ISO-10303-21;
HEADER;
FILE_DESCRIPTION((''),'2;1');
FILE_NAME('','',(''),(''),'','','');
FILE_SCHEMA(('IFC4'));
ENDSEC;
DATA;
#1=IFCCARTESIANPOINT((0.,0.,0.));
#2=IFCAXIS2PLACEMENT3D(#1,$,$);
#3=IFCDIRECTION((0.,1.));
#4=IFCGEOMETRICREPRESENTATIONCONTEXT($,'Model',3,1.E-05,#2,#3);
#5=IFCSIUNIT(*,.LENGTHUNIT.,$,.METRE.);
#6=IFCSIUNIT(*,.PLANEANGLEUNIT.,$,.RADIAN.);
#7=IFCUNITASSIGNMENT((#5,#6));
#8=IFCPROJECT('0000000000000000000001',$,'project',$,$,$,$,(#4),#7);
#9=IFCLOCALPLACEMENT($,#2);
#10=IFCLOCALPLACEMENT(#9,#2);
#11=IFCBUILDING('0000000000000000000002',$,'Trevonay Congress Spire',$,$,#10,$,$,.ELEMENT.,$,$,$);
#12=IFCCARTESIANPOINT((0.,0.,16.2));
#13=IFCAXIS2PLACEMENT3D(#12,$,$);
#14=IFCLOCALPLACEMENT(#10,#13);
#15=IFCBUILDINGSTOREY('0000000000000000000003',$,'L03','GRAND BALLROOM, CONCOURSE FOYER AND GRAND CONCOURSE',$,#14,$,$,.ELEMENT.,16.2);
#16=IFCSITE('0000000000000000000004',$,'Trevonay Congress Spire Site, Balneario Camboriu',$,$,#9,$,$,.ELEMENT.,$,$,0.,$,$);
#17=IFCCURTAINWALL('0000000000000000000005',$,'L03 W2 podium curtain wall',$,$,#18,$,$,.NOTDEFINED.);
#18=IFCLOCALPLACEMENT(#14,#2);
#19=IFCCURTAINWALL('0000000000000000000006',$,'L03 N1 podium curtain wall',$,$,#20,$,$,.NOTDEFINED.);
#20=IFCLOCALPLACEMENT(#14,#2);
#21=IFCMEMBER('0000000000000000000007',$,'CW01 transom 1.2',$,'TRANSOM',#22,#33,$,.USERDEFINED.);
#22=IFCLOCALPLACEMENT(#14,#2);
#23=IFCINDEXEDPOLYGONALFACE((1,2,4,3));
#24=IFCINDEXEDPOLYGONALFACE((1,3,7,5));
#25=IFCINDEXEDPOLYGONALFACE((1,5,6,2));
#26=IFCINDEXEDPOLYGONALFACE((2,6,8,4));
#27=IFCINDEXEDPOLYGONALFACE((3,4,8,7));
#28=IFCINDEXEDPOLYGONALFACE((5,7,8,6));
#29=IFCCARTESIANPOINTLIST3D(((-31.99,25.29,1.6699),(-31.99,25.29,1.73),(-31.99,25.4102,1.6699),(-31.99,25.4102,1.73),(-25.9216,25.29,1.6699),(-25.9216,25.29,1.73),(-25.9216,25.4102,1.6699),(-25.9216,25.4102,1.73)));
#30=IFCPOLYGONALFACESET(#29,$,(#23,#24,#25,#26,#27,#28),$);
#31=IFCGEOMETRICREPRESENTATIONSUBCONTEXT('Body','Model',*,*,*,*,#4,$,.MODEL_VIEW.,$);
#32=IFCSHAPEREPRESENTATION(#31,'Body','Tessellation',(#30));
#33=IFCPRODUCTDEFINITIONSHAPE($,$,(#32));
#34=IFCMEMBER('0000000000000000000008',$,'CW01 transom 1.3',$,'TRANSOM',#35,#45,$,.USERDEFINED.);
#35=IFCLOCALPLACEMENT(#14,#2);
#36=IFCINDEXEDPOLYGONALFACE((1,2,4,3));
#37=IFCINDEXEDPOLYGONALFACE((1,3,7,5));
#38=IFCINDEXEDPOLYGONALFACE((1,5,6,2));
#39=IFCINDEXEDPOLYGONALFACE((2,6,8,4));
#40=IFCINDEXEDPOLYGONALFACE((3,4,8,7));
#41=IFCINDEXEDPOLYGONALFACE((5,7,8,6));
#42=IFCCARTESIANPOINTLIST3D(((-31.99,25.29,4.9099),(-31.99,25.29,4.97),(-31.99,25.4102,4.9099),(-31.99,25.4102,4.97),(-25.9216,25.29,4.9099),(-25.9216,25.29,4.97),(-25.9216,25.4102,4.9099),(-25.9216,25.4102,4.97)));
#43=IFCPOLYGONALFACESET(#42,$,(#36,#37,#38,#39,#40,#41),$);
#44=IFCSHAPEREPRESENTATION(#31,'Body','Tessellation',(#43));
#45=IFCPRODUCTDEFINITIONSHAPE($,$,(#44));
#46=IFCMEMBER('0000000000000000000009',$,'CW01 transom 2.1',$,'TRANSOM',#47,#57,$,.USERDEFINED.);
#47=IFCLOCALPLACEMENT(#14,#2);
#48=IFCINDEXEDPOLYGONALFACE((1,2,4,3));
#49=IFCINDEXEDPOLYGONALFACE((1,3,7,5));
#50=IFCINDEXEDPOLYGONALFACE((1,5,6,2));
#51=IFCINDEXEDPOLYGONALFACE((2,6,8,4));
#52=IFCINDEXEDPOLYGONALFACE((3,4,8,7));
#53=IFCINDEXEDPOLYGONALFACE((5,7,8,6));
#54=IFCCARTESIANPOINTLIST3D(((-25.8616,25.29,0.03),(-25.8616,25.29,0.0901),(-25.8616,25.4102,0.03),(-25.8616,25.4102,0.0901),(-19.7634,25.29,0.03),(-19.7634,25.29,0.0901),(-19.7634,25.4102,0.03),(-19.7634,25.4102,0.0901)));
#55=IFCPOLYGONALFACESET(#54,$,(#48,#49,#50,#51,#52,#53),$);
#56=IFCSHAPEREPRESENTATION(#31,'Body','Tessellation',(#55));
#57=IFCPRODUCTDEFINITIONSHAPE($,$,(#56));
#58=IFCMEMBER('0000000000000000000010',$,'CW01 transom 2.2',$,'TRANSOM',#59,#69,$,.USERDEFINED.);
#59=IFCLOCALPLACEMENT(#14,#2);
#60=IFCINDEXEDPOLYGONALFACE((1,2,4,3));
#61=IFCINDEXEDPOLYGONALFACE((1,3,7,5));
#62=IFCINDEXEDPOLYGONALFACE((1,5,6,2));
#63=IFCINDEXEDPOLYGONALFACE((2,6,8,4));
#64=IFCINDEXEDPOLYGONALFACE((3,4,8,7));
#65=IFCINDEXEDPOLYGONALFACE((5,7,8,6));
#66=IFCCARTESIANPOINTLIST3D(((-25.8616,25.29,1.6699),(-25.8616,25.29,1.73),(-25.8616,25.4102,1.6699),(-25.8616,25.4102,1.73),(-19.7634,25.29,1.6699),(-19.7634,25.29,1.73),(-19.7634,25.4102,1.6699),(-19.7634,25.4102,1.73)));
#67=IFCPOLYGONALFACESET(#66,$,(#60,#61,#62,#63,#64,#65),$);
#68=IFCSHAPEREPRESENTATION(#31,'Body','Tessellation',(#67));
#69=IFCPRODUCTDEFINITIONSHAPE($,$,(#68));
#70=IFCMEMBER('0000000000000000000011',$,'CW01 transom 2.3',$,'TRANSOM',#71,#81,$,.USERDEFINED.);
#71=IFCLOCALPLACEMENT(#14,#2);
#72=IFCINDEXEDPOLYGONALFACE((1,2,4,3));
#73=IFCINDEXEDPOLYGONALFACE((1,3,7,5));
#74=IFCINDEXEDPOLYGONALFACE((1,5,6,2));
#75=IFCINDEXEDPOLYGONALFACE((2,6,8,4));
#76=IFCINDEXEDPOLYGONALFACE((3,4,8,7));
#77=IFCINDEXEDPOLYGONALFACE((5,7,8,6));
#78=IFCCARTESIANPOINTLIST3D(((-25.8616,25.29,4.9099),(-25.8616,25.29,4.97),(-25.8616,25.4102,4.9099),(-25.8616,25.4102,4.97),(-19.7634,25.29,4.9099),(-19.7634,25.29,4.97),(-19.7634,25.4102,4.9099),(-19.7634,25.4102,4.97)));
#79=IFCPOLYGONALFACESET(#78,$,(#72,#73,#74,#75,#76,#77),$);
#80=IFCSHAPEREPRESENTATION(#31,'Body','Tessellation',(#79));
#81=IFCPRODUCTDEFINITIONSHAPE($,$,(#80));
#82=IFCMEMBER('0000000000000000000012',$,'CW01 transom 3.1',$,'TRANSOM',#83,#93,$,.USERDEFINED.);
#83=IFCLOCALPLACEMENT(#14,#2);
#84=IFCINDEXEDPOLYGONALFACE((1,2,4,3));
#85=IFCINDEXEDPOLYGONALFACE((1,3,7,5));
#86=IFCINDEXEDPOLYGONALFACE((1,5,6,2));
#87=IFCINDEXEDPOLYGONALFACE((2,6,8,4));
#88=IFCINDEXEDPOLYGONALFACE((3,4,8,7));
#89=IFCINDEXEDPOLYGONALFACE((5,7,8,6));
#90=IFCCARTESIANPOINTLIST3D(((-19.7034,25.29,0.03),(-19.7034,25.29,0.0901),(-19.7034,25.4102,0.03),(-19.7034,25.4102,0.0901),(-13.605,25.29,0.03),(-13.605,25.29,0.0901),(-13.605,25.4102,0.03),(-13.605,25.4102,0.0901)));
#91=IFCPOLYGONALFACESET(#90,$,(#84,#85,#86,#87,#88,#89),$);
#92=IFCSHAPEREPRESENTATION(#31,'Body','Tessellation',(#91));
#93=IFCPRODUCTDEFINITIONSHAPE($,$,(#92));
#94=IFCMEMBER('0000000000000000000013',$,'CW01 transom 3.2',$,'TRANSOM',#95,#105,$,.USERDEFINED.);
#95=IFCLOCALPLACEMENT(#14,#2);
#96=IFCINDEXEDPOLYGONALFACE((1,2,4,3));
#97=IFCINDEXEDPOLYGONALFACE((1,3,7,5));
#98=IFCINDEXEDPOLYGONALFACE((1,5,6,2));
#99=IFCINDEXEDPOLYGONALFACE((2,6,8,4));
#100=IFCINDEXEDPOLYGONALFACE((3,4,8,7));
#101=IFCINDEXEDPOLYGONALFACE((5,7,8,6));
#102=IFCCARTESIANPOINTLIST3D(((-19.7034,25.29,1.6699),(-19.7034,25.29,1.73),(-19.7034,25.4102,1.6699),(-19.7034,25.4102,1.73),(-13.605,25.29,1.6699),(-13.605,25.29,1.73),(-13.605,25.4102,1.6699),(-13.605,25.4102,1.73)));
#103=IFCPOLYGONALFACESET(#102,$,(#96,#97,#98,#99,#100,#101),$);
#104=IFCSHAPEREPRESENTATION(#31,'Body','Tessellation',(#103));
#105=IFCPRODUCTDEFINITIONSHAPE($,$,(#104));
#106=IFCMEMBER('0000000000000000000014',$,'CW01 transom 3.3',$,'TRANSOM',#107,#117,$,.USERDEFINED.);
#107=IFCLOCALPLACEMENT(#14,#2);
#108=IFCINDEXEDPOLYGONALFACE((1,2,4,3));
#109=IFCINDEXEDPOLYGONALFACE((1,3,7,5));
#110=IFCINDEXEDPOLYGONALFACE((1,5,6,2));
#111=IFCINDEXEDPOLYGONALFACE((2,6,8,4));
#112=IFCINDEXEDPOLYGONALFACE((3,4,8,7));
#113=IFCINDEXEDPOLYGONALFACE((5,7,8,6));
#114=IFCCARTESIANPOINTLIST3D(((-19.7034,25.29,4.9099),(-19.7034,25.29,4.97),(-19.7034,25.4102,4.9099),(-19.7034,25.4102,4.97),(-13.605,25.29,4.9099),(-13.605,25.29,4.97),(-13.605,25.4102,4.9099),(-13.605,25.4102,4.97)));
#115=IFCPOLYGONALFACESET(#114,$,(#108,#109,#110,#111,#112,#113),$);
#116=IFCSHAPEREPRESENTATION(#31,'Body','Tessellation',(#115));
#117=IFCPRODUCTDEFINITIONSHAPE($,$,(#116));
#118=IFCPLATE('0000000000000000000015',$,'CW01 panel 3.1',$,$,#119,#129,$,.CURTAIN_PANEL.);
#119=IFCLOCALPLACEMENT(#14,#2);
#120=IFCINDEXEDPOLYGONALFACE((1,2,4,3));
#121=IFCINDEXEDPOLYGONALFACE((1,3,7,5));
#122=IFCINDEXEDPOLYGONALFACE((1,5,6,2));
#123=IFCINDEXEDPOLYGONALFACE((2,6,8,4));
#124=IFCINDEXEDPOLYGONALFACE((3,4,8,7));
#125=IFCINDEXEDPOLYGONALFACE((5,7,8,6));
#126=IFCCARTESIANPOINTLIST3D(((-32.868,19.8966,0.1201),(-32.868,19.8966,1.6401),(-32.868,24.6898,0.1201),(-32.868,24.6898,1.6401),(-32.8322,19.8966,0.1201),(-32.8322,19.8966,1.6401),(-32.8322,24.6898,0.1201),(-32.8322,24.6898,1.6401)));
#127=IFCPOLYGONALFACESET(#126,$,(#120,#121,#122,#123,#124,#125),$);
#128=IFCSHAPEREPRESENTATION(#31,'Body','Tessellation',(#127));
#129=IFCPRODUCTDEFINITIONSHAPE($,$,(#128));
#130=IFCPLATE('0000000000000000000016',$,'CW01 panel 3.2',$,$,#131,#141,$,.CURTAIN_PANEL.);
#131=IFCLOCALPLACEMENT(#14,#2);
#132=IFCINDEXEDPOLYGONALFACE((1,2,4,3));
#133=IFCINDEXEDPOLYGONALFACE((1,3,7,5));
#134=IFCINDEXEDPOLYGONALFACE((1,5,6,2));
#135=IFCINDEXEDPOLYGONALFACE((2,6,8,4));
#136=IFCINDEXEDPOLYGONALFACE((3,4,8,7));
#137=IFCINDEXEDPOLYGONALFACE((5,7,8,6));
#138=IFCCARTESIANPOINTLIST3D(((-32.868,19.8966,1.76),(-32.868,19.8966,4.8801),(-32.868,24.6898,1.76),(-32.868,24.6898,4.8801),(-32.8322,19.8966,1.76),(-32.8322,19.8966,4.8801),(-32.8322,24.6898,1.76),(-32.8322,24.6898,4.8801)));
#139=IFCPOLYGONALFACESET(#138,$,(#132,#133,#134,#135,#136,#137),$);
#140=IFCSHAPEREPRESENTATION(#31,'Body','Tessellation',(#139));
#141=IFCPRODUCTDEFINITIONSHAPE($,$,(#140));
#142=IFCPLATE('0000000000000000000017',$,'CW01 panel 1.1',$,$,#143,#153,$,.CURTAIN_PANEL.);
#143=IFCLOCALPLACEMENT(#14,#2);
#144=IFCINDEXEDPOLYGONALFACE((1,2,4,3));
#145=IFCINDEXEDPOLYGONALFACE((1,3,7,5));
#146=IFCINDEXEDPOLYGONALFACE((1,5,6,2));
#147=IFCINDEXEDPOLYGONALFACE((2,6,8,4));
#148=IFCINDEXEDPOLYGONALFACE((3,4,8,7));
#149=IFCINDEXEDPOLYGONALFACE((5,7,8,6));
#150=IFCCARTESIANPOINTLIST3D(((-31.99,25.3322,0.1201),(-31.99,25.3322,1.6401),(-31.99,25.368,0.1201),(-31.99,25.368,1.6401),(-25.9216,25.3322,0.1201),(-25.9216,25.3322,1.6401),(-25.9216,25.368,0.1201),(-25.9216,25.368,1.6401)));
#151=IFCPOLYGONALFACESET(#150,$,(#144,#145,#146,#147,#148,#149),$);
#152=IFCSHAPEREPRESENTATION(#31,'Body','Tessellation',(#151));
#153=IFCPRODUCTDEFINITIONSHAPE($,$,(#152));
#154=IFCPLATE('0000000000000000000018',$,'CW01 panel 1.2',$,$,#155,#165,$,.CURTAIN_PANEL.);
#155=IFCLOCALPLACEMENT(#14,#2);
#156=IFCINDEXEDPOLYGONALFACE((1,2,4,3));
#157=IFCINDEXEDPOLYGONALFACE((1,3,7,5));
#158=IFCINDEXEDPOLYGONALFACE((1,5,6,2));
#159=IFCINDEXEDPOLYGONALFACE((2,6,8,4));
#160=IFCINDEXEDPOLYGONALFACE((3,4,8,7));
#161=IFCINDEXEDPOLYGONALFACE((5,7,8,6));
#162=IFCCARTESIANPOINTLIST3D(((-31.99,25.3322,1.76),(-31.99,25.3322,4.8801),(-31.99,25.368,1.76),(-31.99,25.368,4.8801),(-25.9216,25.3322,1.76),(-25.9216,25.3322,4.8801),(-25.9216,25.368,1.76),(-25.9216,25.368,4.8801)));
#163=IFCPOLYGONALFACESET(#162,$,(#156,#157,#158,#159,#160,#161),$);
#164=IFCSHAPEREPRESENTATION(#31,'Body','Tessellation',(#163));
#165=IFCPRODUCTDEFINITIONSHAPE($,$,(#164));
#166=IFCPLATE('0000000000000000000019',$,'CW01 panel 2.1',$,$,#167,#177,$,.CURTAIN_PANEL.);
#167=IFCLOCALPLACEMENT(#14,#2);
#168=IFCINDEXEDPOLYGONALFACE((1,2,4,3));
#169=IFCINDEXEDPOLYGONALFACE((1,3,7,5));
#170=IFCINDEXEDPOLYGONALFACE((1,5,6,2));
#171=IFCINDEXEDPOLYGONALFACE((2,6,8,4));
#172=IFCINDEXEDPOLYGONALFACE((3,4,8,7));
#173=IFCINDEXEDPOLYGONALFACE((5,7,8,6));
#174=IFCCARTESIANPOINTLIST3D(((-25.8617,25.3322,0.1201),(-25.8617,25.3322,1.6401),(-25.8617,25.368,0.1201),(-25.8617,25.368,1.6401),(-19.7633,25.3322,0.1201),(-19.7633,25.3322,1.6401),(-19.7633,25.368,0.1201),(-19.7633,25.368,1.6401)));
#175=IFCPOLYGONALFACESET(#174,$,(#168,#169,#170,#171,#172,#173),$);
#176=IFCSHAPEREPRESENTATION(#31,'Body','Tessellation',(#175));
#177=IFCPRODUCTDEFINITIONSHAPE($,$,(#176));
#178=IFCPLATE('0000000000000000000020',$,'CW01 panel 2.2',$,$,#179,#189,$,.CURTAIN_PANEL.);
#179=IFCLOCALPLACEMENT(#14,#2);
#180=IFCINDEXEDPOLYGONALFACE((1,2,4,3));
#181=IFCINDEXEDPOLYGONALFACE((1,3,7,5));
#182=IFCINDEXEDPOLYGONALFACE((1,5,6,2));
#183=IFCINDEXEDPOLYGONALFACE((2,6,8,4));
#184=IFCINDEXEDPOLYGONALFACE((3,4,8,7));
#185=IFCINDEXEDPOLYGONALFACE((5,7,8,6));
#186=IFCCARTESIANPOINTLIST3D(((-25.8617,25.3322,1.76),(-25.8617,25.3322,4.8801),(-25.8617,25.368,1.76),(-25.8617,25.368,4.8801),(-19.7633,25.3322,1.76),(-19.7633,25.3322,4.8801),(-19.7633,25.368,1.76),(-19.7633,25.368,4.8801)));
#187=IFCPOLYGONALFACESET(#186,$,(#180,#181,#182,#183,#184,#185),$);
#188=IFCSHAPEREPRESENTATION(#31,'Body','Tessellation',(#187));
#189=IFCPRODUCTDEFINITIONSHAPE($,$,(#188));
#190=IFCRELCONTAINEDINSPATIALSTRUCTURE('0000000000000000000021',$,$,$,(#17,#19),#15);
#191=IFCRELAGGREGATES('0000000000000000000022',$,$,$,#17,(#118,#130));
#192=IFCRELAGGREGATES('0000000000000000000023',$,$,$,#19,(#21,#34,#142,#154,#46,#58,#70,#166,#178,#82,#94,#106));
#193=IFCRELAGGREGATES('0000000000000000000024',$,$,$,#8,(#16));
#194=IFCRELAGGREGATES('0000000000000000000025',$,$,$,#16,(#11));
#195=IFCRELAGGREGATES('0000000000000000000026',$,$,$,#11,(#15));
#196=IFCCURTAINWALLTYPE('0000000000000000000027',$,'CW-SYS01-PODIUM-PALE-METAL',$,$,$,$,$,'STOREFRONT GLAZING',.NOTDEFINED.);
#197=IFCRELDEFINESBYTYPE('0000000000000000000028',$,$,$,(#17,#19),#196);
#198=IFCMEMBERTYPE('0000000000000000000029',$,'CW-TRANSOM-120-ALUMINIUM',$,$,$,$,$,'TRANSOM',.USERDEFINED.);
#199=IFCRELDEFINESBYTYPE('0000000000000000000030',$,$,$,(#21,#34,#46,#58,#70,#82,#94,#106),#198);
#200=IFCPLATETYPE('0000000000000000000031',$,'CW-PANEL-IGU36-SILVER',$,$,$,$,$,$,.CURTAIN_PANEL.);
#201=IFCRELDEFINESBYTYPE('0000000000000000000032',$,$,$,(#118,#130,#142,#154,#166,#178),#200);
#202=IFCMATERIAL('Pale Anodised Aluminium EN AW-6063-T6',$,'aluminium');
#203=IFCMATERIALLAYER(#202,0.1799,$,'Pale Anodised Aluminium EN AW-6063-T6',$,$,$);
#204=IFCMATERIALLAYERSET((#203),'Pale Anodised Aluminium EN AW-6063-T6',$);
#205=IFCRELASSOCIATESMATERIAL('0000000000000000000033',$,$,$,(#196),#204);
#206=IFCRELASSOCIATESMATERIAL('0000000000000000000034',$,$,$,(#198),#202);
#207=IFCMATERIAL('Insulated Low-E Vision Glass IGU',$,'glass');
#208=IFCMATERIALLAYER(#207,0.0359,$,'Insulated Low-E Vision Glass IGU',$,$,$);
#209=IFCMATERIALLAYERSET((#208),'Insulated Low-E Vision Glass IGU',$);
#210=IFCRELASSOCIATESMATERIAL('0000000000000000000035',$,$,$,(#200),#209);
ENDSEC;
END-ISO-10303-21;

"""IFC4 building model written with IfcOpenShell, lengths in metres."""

from ifc_helpers import new_model, si_unit, direction, frame, origin, origin_2d, place, context, subcontext, project, spatial, rectangle, extrude, material, layer, layer_set, material_profile, profile_set, type_object, element, aggregate, save


model = new_model("IFC4")

# Units and contexts
model_context = context("Model", 3, precision=1e-05, world=origin(), true_north=direction((0.0, 1.0)))
body_context = subcontext(model_context, "Body", "Model", "MODEL_VIEW")
ifc_project = project(units=[si_unit("LENGTHUNIT", "METRE"), si_unit("PLANEANGLEUNIT", "RADIAN")], contexts=[model_context])

# Site, building, storey
site_placement = place(None, origin())
site = spatial("IfcSite", under=ifc_project, at=site_placement, Name="Trevonay Congress Spire Site, Balneario Camboriu", CompositionType="ELEMENT", RefElevation=0.0)
building_placement = place(site_placement, origin())
building = spatial("IfcBuilding", under=site, at=building_placement, Name="Trevonay Congress Spire", CompositionType="ELEMENT")
storey_placement = place(building_placement, frame((0.0, 0.0, 16.2)))
storey = spatial("IfcBuildingStorey", under=building, at=storey_placement, Name="L03", Description="GRAND BALLROOM, CONCOURSE FOYER AND GRAND CONCOURSE", CompositionType="ELEMENT", Elevation=16.2)

# Curtain walls
ifc_material_1 = material(Name="Pale Anodised Aluminium EN AW-6063-T6", Category="aluminium")
ifc_layer_1 = layer(ifc_material_1, 0.1799, Name="Pale Anodised Aluminium EN AW-6063-T6")
ifc_layer_set_1 = layer_set([ifc_layer_1], Name="Pale Anodised Aluminium EN AW-6063-T6")
curtain_wall_type = type_object("IfcCurtainWallType", Name="CW-SYS01-PODIUM-PALE-METAL", ElementType="STOREFRONT GLAZING", PredefinedType="NOTDEFINED", material=ifc_layer_set_1)
curtain_wall_1_placement = place(storey_placement, origin())
curtain_wall_1 = element("IfcCurtainWall", 1, at=curtain_wall_1_placement, inside=storey, type_object=curtain_wall_type, Name="L03 W2 podium curtain wall", PredefinedType="NOTDEFINED")
curtain_wall_2_placement = place(storey_placement, origin())
curtain_wall_2 = element("IfcCurtainWall", 2, at=curtain_wall_2_placement, inside=storey, type_object=curtain_wall_type, Name="L03 N1 podium curtain wall", PredefinedType="NOTDEFINED")

# Members
ifc_material_profile_1 = material_profile(ifc_material_1, rectangle(XDim=0.1201, YDim=0.0601, at=origin_2d()), Name="CW-TRANSOM-120-ALUMINIUM")
ifc_profile_set_1 = profile_set([ifc_material_profile_1], Name="Pale Anodised Aluminium EN AW-6063-T6")
member_type_1 = type_object("IfcMemberType", Name="CW-TRANSOM-120-ALUMINIUM", ElementType="TRANSOM", PredefinedType="USERDEFINED", material=ifc_profile_set_1)
member_1_placement = place(storey_placement, frame((-31.99, 25.3501, 1.7), z_axis=(1.0, 0.0, 0.0), x_axis=(0.0, 1.0, 0.0)))
member_1 = element("IfcMember", 3, at=member_1_placement, type_object=member_type_1, Name="CW01 transom 1.2", ObjectType="TRANSOM", PredefinedType="USERDEFINED", context=body_context, shape_type="SweptSolid", body=[
    extrude(rectangle(XDim=0.1201, YDim=0.0601, at=origin_2d()), origin(), (0.0, 0.0, 1.0), 6.0684),
])
member_2_placement = place(storey_placement, frame((-31.99, 25.3501, 4.9399), z_axis=(1.0, 0.0, 0.0), x_axis=(0.0, 1.0, 0.0)))
member_2 = element("IfcMember", 4, at=member_2_placement, type_object=member_type_1, Name="CW01 transom 1.3", ObjectType="TRANSOM", PredefinedType="USERDEFINED", context=body_context, shape_type="SweptSolid", body=[
    extrude(rectangle(XDim=0.1201, YDim=0.0601, at=origin_2d()), origin(), (0.0, 0.0, 1.0), 6.0684),
])
member_3_placement = place(storey_placement, frame((-25.8616, 25.3501, 0.0601), z_axis=(1.0, 0.0, 0.0), x_axis=(0.0, 1.0, 0.0)))
member_3 = element("IfcMember", 5, at=member_3_placement, type_object=member_type_1, Name="CW01 transom 2.1", ObjectType="TRANSOM", PredefinedType="USERDEFINED", context=body_context, shape_type="SweptSolid", body=[
    extrude(rectangle(XDim=0.1201, YDim=0.0601, at=origin_2d()), origin(), (0.0, 0.0, 1.0), 6.0981),
])
member_4_placement = place(storey_placement, frame((-25.8616, 25.3501, 1.7), z_axis=(1.0, 0.0, 0.0), x_axis=(0.0, 1.0, 0.0)))
member_4 = element("IfcMember", 6, at=member_4_placement, type_object=member_type_1, Name="CW01 transom 2.2", ObjectType="TRANSOM", PredefinedType="USERDEFINED", context=body_context, shape_type="SweptSolid", body=[
    extrude(rectangle(XDim=0.1201, YDim=0.0601, at=origin_2d()), origin(), (0.0, 0.0, 1.0), 6.0981),
])
member_5_placement = place(storey_placement, frame((-25.8616, 25.3501, 4.9399), z_axis=(1.0, 0.0, 0.0), x_axis=(0.0, 1.0, 0.0)))
member_5 = element("IfcMember", 7, at=member_5_placement, type_object=member_type_1, Name="CW01 transom 2.3", ObjectType="TRANSOM", PredefinedType="USERDEFINED", context=body_context, shape_type="SweptSolid", body=[
    extrude(rectangle(XDim=0.1201, YDim=0.0601, at=origin_2d()), origin(), (0.0, 0.0, 1.0), 6.0981),
])
member_6_placement = place(storey_placement, frame((-19.7034, 25.3501, 0.0601), z_axis=(1.0, 0.0, 0.0), x_axis=(0.0, 1.0, 0.0)))
member_6 = element("IfcMember", 8, at=member_6_placement, type_object=member_type_1, Name="CW01 transom 3.1", ObjectType="TRANSOM", PredefinedType="USERDEFINED", context=body_context, shape_type="SweptSolid", body=[
    extrude(rectangle(XDim=0.1201, YDim=0.0601, at=origin_2d()), origin(), (0.0, 0.0, 1.0), 6.0984),
])
member_7_placement = place(storey_placement, frame((-19.7034, 25.3501, 1.7), z_axis=(1.0, 0.0, 0.0), x_axis=(0.0, 1.0, 0.0)))
member_7 = element("IfcMember", 9, at=member_7_placement, type_object=member_type_1, Name="CW01 transom 3.2", ObjectType="TRANSOM", PredefinedType="USERDEFINED", context=body_context, shape_type="SweptSolid", body=[
    extrude(rectangle(XDim=0.1201, YDim=0.0601, at=origin_2d()), origin(), (0.0, 0.0, 1.0), 6.0984),
])
member_8_placement = place(storey_placement, frame((-19.7034, 25.3501, 4.9399), z_axis=(1.0, 0.0, 0.0), x_axis=(0.0, 1.0, 0.0)))
member_8 = element("IfcMember", 10, at=member_8_placement, type_object=member_type_1, Name="CW01 transom 3.3", ObjectType="TRANSOM", PredefinedType="USERDEFINED", context=body_context, shape_type="SweptSolid", body=[
    extrude(rectangle(XDim=0.1201, YDim=0.0601, at=origin_2d()), origin(), (0.0, 0.0, 1.0), 6.0984),
])

# Plates
ifc_material_2 = material(Name="Insulated Low-E Vision Glass IGU", Category="glass")
ifc_layer_2 = layer(ifc_material_2, 0.0359, Name="Insulated Low-E Vision Glass IGU")
ifc_layer_set_2 = layer_set([ifc_layer_2], Name="Insulated Low-E Vision Glass IGU")
plate_type = type_object("IfcPlateType", Name="CW-PANEL-IGU36-SILVER", PredefinedType="CURTAIN_PANEL", material=ifc_layer_set_2)
plate_1_placement = place(storey_placement, frame((-32.8501, 22.2932, 0.1201), z_axis=(0.0, 0.0, 1.0), x_axis=(0.0, 1.0, 0.0)))
plate_1 = element("IfcPlate", 11, at=plate_1_placement, type_object=plate_type, Name="CW01 panel 3.1", PredefinedType="CURTAIN_PANEL", context=body_context, shape_type="SweptSolid", body=[
    extrude(rectangle(XDim=4.7932, YDim=0.0359, at=origin_2d()), origin(), (0.0, 0.0, 1.0), 1.52),
])
plate_2_placement = place(storey_placement, frame((-32.8501, 22.2932, 1.76), z_axis=(0.0, 0.0, 1.0), x_axis=(0.0, 1.0, 0.0)))
plate_2 = element("IfcPlate", 12, at=plate_2_placement, type_object=plate_type, Name="CW01 panel 3.2", PredefinedType="CURTAIN_PANEL", context=body_context, shape_type="SweptSolid", body=[
    extrude(rectangle(XDim=4.7932, YDim=0.0359, at=origin_2d()), origin(), (0.0, 0.0, 1.0), 3.1201),
])
aggregate(curtain_wall_1, [plate_1, plate_2])
plate_3_placement = place(storey_placement, frame((-28.9558, 25.3501, 0.1201), z_axis=(0.0, 0.0, 1.0), x_axis=(1.0, 0.0, 0.0)))
plate_3 = element("IfcPlate", 13, at=plate_3_placement, type_object=plate_type, Name="CW01 panel 1.1", PredefinedType="CURTAIN_PANEL", context=body_context, shape_type="SweptSolid", body=[
    extrude(rectangle(XDim=6.0684, YDim=0.0359, at=origin_2d()), origin(), (0.0, 0.0, 1.0), 1.52),
])
plate_4_placement = place(storey_placement, frame((-28.9558, 25.3501, 1.76), z_axis=(0.0, 0.0, 1.0), x_axis=(1.0, 0.0, 0.0)))
plate_4 = element("IfcPlate", 14, at=plate_4_placement, type_object=plate_type, Name="CW01 panel 1.2", PredefinedType="CURTAIN_PANEL", context=body_context, shape_type="SweptSolid", body=[
    extrude(rectangle(XDim=6.0684, YDim=0.0359, at=origin_2d()), origin(), (0.0, 0.0, 1.0), 3.1201),
])
plate_5_placement = place(storey_placement, frame((-22.8125, 25.3501, 0.1201), z_axis=(0.0, 0.0, 1.0), x_axis=(1.0, 0.0, 0.0)))
plate_5 = element("IfcPlate", 15, at=plate_5_placement, type_object=plate_type, Name="CW01 panel 2.1", PredefinedType="CURTAIN_PANEL", context=body_context, shape_type="SweptSolid", body=[
    extrude(rectangle(XDim=6.0984, YDim=0.0359, at=origin_2d()), origin(), (0.0, 0.0, 1.0), 1.52),
])
plate_6_placement = place(storey_placement, frame((-22.8125, 25.3501, 1.76), z_axis=(0.0, 0.0, 1.0), x_axis=(1.0, 0.0, 0.0)))
plate_6 = element("IfcPlate", 16, at=plate_6_placement, type_object=plate_type, Name="CW01 panel 2.2", PredefinedType="CURTAIN_PANEL", context=body_context, shape_type="SweptSolid", body=[
    extrude(rectangle(XDim=6.0984, YDim=0.0359, at=origin_2d()), origin(), (0.0, 0.0, 1.0), 3.1201),
])
aggregate(curtain_wall_2, [member_1, member_2, plate_3, plate_4, member_3, member_4, member_5, plate_5, plate_6, member_6, member_7, member_8])

save(model, "model.ifc")
